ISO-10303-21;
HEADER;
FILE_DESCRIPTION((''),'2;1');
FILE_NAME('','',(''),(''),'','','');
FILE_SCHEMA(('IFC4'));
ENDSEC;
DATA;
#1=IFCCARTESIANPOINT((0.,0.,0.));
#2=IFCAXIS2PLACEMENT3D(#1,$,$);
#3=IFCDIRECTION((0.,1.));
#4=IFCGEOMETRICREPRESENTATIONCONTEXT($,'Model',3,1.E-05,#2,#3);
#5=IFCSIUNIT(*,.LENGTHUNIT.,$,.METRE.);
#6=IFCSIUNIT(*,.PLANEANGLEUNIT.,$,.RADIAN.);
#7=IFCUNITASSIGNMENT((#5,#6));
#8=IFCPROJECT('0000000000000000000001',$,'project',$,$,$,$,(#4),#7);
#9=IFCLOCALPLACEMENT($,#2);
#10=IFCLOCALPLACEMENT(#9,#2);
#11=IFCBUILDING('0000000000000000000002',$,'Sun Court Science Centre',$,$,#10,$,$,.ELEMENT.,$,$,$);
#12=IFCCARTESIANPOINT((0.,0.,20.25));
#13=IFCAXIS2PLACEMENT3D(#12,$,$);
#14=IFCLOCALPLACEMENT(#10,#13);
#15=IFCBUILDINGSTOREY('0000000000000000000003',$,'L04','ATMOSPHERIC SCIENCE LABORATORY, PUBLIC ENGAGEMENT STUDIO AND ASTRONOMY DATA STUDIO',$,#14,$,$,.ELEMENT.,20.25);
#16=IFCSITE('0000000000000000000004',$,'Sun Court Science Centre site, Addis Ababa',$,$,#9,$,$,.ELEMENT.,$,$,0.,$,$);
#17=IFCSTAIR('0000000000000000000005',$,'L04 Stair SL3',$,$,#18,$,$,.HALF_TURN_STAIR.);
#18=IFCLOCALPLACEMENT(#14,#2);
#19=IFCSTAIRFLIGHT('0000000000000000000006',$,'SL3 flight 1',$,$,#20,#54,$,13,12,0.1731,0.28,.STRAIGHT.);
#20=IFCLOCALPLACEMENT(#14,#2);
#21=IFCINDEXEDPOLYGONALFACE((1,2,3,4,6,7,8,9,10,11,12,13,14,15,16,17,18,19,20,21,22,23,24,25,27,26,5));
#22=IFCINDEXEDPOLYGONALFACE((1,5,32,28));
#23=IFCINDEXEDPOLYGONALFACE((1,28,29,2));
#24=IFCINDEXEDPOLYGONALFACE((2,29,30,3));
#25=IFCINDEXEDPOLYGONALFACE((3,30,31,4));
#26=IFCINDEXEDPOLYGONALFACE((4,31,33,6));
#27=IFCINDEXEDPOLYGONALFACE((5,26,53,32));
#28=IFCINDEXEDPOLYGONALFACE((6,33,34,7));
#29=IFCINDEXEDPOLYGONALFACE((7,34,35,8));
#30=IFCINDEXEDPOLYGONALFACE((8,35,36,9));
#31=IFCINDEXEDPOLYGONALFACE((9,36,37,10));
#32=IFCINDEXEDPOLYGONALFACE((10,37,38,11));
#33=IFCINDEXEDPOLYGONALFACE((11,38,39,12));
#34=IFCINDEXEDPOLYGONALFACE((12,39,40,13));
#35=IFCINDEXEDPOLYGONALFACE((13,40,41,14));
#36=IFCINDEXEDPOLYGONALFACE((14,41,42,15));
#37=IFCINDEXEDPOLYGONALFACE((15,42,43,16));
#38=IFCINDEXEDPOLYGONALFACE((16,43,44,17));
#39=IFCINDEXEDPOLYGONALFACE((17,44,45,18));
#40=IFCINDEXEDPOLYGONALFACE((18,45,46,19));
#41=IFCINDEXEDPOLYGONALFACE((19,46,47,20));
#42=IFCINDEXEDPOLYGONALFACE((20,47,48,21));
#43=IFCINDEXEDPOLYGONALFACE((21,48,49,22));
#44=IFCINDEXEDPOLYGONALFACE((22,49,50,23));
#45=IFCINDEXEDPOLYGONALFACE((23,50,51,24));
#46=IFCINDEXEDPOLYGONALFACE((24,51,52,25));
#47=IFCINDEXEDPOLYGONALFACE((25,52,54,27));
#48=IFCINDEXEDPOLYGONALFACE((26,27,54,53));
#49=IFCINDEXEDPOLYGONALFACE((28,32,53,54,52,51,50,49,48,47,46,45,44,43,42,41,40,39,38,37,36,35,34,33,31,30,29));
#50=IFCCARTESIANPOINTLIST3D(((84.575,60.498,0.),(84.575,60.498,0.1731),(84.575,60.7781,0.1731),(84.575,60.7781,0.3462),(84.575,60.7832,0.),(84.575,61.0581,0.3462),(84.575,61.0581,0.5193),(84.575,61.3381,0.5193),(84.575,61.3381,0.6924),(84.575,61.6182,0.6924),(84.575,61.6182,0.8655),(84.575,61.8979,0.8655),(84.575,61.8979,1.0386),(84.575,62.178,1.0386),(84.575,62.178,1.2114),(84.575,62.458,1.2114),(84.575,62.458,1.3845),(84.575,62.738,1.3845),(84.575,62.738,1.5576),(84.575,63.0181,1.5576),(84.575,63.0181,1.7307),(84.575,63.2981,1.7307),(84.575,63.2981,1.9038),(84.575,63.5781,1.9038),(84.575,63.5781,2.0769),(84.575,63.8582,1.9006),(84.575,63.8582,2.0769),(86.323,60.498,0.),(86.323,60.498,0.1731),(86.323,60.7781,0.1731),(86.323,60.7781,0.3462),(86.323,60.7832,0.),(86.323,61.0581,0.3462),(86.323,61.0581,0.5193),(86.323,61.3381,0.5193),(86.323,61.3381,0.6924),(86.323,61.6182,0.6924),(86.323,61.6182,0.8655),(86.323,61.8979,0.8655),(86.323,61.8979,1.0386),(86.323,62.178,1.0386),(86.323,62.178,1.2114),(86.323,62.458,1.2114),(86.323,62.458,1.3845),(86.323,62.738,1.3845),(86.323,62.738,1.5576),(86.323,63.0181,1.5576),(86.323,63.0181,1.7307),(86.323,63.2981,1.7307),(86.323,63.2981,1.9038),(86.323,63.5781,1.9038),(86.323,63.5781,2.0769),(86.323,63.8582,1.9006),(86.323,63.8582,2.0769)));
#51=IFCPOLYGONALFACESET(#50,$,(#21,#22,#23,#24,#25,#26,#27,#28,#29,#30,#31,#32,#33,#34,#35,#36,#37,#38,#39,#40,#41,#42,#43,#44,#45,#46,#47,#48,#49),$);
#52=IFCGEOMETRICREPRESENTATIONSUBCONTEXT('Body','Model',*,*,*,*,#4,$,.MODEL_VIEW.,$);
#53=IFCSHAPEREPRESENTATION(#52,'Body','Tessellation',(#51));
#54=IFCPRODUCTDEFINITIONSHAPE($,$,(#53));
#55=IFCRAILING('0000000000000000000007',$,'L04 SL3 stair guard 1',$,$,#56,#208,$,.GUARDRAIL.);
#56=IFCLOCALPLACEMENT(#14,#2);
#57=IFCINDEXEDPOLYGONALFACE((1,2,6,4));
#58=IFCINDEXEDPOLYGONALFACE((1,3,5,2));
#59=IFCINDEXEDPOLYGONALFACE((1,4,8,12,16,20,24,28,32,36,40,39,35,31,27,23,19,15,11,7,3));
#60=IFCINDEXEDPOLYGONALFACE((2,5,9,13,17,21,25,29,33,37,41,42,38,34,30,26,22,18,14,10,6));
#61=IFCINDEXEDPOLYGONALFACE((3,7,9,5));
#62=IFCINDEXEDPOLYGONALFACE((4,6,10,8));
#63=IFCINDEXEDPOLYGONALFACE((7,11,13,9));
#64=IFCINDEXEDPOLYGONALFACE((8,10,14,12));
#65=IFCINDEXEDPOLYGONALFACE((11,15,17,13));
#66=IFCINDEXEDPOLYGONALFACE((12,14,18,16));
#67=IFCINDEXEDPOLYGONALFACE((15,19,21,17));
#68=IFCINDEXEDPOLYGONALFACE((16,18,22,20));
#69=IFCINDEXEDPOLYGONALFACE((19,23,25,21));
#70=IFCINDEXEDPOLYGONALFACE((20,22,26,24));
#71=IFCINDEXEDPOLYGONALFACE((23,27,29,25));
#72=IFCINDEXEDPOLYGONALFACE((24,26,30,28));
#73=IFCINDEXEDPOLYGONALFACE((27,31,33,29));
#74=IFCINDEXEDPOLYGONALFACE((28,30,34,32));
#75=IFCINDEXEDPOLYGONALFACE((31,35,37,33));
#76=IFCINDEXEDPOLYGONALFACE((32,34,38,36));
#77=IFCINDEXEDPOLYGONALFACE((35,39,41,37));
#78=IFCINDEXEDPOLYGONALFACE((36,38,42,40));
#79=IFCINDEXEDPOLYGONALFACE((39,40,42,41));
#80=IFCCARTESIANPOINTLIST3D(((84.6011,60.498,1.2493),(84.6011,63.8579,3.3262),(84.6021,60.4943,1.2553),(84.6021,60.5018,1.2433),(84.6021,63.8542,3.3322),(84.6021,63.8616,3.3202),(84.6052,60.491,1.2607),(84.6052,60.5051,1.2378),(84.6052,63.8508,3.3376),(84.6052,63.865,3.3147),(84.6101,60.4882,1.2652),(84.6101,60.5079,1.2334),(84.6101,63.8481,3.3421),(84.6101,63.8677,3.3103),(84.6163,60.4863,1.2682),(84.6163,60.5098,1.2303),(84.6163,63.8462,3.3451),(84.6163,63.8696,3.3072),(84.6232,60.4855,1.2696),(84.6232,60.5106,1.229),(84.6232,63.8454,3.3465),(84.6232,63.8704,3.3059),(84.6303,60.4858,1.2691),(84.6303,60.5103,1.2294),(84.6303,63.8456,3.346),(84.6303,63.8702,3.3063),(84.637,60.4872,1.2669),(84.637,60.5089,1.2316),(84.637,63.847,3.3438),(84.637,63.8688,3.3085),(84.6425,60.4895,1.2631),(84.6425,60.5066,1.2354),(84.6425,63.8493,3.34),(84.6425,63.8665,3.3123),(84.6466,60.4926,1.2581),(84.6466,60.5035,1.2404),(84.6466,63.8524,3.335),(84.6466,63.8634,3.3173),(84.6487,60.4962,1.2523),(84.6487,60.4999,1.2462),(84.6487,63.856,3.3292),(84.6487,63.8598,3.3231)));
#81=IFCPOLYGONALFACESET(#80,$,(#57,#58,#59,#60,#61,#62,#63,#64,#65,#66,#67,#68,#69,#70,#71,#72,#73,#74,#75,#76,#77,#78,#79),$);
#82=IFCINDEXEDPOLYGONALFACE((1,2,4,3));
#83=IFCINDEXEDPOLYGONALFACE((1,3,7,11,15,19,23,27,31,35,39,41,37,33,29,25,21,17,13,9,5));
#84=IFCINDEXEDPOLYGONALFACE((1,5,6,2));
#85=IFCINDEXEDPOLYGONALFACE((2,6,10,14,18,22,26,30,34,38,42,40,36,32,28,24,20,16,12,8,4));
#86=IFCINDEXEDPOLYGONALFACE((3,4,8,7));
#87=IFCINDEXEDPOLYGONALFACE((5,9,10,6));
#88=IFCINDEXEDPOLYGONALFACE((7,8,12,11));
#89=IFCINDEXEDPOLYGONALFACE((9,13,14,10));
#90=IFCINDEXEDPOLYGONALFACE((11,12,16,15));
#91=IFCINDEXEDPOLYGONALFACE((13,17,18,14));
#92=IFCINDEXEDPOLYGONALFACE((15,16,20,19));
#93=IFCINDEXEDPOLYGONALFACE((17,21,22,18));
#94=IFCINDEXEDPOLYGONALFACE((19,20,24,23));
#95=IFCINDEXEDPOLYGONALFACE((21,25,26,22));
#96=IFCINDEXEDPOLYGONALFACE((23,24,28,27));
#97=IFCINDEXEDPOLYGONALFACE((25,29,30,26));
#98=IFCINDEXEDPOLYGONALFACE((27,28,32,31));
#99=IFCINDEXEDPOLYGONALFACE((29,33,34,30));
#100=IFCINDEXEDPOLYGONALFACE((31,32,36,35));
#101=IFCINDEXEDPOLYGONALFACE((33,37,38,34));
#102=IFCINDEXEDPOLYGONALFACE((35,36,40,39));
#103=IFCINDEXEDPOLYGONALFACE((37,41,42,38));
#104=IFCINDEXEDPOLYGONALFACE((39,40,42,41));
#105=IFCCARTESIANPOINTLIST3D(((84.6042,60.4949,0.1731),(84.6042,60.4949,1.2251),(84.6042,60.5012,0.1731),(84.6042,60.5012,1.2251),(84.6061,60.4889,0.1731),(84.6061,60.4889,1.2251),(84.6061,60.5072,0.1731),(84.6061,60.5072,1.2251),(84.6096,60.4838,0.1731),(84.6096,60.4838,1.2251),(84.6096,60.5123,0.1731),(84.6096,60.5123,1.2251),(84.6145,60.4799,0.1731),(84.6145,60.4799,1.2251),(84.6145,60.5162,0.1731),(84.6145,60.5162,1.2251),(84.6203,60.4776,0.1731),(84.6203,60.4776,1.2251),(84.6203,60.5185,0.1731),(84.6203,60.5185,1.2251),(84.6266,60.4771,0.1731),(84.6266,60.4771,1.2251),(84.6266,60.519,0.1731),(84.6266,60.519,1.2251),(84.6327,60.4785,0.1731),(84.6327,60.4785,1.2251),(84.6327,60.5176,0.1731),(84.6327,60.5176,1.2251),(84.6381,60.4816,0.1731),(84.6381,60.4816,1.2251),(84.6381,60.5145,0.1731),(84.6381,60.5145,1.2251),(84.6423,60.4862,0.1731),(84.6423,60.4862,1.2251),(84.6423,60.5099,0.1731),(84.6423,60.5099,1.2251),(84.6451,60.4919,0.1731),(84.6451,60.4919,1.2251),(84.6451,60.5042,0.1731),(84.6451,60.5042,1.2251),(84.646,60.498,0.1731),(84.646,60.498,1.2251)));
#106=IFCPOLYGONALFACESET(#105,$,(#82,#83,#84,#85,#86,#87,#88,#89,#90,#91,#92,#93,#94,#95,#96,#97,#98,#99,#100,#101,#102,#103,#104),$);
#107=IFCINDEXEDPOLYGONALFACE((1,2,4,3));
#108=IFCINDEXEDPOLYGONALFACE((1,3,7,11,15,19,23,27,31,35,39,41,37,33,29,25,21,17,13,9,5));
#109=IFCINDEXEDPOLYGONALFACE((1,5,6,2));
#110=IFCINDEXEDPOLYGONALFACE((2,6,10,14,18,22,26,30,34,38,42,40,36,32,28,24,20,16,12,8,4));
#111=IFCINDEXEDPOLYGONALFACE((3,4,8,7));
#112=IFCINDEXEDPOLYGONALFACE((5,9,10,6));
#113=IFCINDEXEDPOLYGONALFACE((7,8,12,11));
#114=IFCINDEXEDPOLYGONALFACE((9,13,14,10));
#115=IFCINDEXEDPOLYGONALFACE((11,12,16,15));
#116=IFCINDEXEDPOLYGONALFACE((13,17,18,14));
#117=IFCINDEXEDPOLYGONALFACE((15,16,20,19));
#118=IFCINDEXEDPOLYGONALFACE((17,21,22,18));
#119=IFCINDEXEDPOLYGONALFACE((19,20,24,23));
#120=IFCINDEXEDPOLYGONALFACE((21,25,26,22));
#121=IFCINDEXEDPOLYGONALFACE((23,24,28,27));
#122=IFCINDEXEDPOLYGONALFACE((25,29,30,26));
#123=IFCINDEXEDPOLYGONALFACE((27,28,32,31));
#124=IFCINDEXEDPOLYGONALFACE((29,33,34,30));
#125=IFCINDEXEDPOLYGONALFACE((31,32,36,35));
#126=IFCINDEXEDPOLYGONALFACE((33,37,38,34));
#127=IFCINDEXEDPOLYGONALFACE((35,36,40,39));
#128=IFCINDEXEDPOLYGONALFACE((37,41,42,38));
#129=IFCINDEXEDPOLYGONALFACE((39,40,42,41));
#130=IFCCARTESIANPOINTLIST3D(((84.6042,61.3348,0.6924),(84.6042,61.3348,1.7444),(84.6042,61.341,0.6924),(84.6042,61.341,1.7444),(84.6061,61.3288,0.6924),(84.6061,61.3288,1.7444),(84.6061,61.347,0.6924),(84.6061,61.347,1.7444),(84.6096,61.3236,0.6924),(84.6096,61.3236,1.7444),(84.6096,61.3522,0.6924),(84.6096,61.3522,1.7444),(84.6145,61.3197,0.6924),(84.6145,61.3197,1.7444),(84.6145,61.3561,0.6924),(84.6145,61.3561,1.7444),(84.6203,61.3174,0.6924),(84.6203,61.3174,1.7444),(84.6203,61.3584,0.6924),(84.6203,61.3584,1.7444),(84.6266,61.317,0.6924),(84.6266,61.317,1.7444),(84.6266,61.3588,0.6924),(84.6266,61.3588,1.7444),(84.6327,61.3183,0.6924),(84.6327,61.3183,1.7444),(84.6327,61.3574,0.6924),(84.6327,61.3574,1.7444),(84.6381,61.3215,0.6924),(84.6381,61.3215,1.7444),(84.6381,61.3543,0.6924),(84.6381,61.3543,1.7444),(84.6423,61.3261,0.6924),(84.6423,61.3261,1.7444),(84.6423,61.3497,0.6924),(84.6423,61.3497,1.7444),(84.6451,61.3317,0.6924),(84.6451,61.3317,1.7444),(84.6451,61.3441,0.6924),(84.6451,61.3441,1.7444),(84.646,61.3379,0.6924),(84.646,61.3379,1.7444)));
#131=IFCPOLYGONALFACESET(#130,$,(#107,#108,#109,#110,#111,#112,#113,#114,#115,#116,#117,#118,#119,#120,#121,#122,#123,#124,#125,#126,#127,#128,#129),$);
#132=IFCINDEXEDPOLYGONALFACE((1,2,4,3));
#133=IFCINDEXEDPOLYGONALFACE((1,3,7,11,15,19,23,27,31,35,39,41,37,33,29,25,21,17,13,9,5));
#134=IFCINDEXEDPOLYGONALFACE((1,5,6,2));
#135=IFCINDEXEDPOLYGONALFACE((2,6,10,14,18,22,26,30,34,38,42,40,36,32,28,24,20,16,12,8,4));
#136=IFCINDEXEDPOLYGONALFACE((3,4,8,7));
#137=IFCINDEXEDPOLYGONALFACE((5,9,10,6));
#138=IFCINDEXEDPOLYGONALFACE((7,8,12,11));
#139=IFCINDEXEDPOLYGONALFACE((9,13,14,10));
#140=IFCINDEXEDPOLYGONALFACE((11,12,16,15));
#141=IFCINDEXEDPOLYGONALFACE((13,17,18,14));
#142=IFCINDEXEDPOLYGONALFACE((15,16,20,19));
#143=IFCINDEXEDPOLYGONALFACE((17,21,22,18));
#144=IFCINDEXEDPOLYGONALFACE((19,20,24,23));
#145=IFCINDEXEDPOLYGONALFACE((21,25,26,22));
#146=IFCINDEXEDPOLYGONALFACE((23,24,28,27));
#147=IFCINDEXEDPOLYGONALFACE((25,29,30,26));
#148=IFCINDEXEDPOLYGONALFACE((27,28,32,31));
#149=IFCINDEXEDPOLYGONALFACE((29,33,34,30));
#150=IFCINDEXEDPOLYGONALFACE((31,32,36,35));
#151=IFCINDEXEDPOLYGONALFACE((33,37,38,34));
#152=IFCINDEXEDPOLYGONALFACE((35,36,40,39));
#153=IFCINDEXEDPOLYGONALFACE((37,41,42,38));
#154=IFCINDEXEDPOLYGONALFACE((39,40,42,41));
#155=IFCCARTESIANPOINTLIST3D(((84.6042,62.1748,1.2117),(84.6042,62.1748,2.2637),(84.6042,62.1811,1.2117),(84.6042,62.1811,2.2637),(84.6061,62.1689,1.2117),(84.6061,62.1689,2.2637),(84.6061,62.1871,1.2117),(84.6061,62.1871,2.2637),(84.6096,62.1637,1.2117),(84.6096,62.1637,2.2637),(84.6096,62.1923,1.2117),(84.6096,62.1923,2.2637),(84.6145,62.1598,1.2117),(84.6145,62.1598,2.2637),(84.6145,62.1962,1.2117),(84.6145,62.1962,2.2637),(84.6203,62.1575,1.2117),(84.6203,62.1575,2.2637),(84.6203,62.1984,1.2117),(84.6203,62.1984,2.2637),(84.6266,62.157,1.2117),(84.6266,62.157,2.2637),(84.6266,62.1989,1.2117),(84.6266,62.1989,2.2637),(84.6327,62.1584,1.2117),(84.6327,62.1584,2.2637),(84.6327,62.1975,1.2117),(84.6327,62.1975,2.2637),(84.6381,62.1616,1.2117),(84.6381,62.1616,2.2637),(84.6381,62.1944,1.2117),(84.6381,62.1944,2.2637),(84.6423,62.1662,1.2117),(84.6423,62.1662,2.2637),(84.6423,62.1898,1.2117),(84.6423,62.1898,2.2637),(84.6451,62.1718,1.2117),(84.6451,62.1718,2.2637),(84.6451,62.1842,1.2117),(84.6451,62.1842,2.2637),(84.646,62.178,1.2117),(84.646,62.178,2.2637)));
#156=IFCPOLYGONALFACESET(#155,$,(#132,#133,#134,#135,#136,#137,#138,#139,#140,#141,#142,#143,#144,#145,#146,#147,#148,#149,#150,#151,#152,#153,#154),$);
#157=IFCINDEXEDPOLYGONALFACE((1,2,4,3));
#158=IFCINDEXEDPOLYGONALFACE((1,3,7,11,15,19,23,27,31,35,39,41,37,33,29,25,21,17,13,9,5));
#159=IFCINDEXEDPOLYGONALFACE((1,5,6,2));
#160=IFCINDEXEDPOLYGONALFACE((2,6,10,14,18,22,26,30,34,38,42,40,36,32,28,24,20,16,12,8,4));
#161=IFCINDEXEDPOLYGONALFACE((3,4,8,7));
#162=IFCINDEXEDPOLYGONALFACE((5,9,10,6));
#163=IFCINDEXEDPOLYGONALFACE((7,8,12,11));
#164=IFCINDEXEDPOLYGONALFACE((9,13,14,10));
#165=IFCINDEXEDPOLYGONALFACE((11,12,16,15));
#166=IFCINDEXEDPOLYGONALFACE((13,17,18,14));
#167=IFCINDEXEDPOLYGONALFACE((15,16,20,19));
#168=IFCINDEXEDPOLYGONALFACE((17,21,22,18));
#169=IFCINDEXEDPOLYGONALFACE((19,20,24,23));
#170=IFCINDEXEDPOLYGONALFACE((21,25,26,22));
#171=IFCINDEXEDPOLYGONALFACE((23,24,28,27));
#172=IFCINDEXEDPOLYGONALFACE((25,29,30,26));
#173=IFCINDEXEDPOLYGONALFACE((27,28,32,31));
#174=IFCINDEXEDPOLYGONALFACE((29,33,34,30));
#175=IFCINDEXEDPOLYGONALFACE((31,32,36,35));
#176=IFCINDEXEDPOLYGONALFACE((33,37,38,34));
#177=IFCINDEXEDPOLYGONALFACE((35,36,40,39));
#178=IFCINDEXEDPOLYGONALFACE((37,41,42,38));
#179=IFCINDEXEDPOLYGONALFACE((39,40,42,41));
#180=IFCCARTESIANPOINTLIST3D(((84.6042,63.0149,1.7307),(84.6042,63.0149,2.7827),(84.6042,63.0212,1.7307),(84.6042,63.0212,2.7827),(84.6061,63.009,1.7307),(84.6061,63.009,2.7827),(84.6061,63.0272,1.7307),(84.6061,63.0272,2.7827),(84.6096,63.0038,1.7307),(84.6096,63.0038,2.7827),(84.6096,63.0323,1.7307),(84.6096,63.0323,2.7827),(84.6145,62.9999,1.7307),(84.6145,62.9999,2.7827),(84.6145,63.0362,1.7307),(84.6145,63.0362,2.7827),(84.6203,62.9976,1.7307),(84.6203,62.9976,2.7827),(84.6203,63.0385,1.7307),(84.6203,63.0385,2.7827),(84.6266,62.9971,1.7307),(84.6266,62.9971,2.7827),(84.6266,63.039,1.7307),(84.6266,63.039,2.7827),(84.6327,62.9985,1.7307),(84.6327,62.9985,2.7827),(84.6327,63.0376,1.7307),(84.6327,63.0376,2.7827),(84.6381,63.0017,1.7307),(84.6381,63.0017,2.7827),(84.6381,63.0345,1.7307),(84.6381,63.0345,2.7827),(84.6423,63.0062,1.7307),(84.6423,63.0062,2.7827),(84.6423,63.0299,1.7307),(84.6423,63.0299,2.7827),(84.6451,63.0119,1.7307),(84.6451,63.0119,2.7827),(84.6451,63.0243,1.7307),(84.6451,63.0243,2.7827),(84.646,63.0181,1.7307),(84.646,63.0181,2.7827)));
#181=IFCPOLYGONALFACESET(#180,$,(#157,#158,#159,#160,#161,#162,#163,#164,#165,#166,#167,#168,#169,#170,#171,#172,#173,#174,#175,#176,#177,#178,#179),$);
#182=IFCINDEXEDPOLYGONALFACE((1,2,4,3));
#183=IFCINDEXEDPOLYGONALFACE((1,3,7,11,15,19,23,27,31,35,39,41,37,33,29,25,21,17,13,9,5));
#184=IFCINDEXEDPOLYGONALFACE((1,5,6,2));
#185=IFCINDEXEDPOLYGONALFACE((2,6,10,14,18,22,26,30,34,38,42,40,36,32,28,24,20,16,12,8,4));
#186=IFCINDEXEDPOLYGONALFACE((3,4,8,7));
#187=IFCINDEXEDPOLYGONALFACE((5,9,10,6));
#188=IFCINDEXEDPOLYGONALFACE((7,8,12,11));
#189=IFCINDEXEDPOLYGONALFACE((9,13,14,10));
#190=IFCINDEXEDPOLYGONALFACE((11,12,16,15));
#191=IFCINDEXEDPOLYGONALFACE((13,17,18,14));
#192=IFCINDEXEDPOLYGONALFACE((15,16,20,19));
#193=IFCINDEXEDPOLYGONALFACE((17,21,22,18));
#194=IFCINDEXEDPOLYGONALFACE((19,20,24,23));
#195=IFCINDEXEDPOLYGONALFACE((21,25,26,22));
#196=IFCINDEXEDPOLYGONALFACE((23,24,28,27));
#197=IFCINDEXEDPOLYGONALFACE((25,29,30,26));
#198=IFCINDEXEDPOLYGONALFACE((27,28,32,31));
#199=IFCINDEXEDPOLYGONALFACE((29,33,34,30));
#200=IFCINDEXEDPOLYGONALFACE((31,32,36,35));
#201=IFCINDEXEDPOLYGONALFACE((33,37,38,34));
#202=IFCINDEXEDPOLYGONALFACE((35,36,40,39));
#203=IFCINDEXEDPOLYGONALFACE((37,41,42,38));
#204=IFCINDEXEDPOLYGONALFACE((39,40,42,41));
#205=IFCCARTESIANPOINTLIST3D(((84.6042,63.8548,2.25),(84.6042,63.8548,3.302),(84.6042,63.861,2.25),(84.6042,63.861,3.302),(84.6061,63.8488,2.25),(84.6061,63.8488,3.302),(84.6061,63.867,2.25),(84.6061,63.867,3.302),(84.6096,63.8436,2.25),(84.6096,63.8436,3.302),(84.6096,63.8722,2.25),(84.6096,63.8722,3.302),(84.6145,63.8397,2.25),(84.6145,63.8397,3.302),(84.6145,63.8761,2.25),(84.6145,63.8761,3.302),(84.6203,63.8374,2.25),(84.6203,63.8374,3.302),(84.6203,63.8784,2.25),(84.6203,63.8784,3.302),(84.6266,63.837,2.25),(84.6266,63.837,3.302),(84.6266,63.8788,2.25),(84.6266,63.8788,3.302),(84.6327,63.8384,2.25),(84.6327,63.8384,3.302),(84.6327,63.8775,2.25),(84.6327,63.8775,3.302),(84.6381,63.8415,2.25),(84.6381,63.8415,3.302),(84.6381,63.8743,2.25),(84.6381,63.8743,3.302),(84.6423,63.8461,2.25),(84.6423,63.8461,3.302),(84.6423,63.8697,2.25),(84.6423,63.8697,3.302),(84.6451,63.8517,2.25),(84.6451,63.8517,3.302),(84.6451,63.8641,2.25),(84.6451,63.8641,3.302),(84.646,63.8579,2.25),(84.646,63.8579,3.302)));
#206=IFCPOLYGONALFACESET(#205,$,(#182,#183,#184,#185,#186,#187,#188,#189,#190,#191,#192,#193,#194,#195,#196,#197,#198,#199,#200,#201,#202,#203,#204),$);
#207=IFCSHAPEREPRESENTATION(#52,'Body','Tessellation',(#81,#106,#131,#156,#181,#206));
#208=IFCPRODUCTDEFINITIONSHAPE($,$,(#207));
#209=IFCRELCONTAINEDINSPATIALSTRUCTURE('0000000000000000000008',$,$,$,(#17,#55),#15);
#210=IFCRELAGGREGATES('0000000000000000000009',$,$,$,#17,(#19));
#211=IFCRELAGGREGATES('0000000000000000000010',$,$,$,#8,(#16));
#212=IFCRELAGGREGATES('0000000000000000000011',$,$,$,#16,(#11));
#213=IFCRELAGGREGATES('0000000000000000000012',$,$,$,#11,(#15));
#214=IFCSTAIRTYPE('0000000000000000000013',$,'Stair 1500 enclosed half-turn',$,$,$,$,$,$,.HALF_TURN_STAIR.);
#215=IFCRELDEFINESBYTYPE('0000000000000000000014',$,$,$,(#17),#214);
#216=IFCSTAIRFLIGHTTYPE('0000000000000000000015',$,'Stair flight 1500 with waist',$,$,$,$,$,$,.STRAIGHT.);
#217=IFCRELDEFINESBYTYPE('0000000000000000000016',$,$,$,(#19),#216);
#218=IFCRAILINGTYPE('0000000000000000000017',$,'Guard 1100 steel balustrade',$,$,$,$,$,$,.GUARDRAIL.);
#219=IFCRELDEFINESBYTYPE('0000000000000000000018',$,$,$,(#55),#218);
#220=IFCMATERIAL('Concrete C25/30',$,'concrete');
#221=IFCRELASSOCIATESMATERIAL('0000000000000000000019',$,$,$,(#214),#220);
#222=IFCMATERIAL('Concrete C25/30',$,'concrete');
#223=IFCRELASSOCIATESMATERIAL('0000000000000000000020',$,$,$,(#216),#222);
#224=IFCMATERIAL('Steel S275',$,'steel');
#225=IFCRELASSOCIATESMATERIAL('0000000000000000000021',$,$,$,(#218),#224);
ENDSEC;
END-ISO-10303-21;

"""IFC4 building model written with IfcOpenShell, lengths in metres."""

from ifc_helpers import new_model, si_unit, direction, frame, origin, origin_2d, place, context, subcontext, project, spatial, polyline, circle, outline, extrude, material, type_object, element, aggregate, save


model = new_model("IFC4")

# Units and contexts
model_context = context("Model", 3, precision=1e-05, world=origin(), true_north=direction((0.0, 1.0)))
body_context = subcontext(model_context, "Body", "Model", "MODEL_VIEW")
ifc_project = project(units=[si_unit("LENGTHUNIT", "METRE"), si_unit("PLANEANGLEUNIT", "RADIAN")], contexts=[model_context])

# Site, building, storey
site_placement = place(None, origin())
site = spatial("IfcSite", under=ifc_project, at=site_placement, Name="Sun Court Science Centre site, Addis Ababa", CompositionType="ELEMENT", RefElevation=0.0)
building_placement = place(site_placement, origin())
building = spatial("IfcBuilding", under=site, at=building_placement, Name="Sun Court Science Centre", CompositionType="ELEMENT")
storey_placement = place(building_placement, frame((0.0, 0.0, 20.25)))
storey = spatial("IfcBuildingStorey", under=building, at=storey_placement, Name="L04", Description="ATMOSPHERIC SCIENCE LABORATORY, PUBLIC ENGAGEMENT STUDIO AND ASTRONOMY DATA STUDIO", CompositionType="ELEMENT", Elevation=20.25)

# Stair, stair flight
ifc_material_1 = material(Name="Concrete C25/30", Category="concrete")
stair_type = type_object("IfcStairType", Name="Stair 1500 enclosed half-turn", PredefinedType="HALF_TURN_STAIR", material=ifc_material_1)
stair_placement = place(storey_placement, origin())
stair = element("IfcStair", 1, at=stair_placement, inside=storey, type_object=stair_type, Name="L04 Stair SL3", PredefinedType="HALF_TURN_STAIR")
ifc_material_2 = material(Name="Concrete C25/30", Category="concrete")
stair_flight_type = type_object("IfcStairFlightType", Name="Stair flight 1500 with waist", PredefinedType="STRAIGHT", material=ifc_material_2)
stair_flight_placement = place(storey_placement, frame((85.449, 60.498, 0.0), z_axis=(0.0, 0.0, 1.0), x_axis=(0.0, 1.0, 0.0)))
stair_flight = element("IfcStairFlight", 2, at=stair_flight_placement, type_object=stair_flight_type, Name="SL3 flight 1", NumberOfRisers=13, NumberOfTreads=12, PredefinedType="STRAIGHT", RiserHeight=0.1731, TreadLength=0.28, context=body_context, shape_type="SweptSolid", body=[
    extrude(outline(polyline([(0.0, 0.0), (0.0, 0.1731), (0.28, 0.1731), (0.28, 0.3462), (0.5601, 0.3462), (0.5601, 0.5193), (0.8401, 0.5193), (0.8401, 0.6924), (1.1201, 0.6924), (1.1201, 0.8655), (1.3999, 0.8655), (1.3999, 1.0386), (1.6799, 1.0386), (1.6799, 1.2114), (1.96, 1.2114), (1.96, 1.3845), (2.24, 1.3845), (2.24, 1.5576), (2.52, 1.5576), (2.52, 1.7307), (2.8, 1.7307), (2.8, 1.9038), (3.0801, 1.9038), (3.0801, 2.0769), (3.3601, 2.0769), (3.3601, 2.25), (3.3601, 1.9006), (0.2852, 0.0), (0.0, 0.0)])), frame((0.0, 0.874, 0.0), z_axis=(0.0, -1.0, 0.0), x_axis=(1.0, 0.0, 0.0)), (0.0, 0.0, 1.0), 1.748),
])
aggregate(stair, [stair_flight])

# Railing
ifc_material_3 = material(Name="Steel S275", Category="steel")
railing_type_1 = type_object("IfcRailingType", Name="Guard 1100 steel balustrade", PredefinedType="GUARDRAIL", material=ifc_material_3)
railing_1_placement = place(storey_placement, frame((84.625, 60.498, 0.1731)))
element("IfcRailing", 3, at=railing_1_placement, inside=storey, type_object=railing_type_1, Name="L04 SL3 stair guard 1", PredefinedType="GUARDRAIL", context=body_context, shape_type="SweptSolid", body=[
    extrude(circle(Radius=0.0239, at=origin_2d()), frame((0.0, 0.0, 1.0762), z_axis=(0.0, 0.850606, 0.525803), x_axis=(-1.0, 0.0, 0.0)), (0.0, 0.0, 1.0), 3.95),
    extrude(circle(Radius=0.021, at=origin_2d()), origin(), (0.0, 0.0, 1.0), 1.052),
    extrude(circle(Radius=0.021, at=origin_2d()), frame((0.0, 0.8398, 0.5193)), (0.0, 0.0, 1.0), 1.052),
    extrude(circle(Radius=0.021, at=origin_2d()), frame((0.0, 1.6799, 1.0386)), (0.0, 0.0, 1.0), 1.052),
    extrude(circle(Radius=0.021, at=origin_2d()), frame((0.0, 2.52, 1.5576)), (0.0, 0.0, 1.0), 1.052),
    extrude(circle(Radius=0.021, at=origin_2d()), frame((0.0, 3.3599, 2.0769)), (0.0, 0.0, 1.0), 1.052),
])

save(model, "model.ifc")
